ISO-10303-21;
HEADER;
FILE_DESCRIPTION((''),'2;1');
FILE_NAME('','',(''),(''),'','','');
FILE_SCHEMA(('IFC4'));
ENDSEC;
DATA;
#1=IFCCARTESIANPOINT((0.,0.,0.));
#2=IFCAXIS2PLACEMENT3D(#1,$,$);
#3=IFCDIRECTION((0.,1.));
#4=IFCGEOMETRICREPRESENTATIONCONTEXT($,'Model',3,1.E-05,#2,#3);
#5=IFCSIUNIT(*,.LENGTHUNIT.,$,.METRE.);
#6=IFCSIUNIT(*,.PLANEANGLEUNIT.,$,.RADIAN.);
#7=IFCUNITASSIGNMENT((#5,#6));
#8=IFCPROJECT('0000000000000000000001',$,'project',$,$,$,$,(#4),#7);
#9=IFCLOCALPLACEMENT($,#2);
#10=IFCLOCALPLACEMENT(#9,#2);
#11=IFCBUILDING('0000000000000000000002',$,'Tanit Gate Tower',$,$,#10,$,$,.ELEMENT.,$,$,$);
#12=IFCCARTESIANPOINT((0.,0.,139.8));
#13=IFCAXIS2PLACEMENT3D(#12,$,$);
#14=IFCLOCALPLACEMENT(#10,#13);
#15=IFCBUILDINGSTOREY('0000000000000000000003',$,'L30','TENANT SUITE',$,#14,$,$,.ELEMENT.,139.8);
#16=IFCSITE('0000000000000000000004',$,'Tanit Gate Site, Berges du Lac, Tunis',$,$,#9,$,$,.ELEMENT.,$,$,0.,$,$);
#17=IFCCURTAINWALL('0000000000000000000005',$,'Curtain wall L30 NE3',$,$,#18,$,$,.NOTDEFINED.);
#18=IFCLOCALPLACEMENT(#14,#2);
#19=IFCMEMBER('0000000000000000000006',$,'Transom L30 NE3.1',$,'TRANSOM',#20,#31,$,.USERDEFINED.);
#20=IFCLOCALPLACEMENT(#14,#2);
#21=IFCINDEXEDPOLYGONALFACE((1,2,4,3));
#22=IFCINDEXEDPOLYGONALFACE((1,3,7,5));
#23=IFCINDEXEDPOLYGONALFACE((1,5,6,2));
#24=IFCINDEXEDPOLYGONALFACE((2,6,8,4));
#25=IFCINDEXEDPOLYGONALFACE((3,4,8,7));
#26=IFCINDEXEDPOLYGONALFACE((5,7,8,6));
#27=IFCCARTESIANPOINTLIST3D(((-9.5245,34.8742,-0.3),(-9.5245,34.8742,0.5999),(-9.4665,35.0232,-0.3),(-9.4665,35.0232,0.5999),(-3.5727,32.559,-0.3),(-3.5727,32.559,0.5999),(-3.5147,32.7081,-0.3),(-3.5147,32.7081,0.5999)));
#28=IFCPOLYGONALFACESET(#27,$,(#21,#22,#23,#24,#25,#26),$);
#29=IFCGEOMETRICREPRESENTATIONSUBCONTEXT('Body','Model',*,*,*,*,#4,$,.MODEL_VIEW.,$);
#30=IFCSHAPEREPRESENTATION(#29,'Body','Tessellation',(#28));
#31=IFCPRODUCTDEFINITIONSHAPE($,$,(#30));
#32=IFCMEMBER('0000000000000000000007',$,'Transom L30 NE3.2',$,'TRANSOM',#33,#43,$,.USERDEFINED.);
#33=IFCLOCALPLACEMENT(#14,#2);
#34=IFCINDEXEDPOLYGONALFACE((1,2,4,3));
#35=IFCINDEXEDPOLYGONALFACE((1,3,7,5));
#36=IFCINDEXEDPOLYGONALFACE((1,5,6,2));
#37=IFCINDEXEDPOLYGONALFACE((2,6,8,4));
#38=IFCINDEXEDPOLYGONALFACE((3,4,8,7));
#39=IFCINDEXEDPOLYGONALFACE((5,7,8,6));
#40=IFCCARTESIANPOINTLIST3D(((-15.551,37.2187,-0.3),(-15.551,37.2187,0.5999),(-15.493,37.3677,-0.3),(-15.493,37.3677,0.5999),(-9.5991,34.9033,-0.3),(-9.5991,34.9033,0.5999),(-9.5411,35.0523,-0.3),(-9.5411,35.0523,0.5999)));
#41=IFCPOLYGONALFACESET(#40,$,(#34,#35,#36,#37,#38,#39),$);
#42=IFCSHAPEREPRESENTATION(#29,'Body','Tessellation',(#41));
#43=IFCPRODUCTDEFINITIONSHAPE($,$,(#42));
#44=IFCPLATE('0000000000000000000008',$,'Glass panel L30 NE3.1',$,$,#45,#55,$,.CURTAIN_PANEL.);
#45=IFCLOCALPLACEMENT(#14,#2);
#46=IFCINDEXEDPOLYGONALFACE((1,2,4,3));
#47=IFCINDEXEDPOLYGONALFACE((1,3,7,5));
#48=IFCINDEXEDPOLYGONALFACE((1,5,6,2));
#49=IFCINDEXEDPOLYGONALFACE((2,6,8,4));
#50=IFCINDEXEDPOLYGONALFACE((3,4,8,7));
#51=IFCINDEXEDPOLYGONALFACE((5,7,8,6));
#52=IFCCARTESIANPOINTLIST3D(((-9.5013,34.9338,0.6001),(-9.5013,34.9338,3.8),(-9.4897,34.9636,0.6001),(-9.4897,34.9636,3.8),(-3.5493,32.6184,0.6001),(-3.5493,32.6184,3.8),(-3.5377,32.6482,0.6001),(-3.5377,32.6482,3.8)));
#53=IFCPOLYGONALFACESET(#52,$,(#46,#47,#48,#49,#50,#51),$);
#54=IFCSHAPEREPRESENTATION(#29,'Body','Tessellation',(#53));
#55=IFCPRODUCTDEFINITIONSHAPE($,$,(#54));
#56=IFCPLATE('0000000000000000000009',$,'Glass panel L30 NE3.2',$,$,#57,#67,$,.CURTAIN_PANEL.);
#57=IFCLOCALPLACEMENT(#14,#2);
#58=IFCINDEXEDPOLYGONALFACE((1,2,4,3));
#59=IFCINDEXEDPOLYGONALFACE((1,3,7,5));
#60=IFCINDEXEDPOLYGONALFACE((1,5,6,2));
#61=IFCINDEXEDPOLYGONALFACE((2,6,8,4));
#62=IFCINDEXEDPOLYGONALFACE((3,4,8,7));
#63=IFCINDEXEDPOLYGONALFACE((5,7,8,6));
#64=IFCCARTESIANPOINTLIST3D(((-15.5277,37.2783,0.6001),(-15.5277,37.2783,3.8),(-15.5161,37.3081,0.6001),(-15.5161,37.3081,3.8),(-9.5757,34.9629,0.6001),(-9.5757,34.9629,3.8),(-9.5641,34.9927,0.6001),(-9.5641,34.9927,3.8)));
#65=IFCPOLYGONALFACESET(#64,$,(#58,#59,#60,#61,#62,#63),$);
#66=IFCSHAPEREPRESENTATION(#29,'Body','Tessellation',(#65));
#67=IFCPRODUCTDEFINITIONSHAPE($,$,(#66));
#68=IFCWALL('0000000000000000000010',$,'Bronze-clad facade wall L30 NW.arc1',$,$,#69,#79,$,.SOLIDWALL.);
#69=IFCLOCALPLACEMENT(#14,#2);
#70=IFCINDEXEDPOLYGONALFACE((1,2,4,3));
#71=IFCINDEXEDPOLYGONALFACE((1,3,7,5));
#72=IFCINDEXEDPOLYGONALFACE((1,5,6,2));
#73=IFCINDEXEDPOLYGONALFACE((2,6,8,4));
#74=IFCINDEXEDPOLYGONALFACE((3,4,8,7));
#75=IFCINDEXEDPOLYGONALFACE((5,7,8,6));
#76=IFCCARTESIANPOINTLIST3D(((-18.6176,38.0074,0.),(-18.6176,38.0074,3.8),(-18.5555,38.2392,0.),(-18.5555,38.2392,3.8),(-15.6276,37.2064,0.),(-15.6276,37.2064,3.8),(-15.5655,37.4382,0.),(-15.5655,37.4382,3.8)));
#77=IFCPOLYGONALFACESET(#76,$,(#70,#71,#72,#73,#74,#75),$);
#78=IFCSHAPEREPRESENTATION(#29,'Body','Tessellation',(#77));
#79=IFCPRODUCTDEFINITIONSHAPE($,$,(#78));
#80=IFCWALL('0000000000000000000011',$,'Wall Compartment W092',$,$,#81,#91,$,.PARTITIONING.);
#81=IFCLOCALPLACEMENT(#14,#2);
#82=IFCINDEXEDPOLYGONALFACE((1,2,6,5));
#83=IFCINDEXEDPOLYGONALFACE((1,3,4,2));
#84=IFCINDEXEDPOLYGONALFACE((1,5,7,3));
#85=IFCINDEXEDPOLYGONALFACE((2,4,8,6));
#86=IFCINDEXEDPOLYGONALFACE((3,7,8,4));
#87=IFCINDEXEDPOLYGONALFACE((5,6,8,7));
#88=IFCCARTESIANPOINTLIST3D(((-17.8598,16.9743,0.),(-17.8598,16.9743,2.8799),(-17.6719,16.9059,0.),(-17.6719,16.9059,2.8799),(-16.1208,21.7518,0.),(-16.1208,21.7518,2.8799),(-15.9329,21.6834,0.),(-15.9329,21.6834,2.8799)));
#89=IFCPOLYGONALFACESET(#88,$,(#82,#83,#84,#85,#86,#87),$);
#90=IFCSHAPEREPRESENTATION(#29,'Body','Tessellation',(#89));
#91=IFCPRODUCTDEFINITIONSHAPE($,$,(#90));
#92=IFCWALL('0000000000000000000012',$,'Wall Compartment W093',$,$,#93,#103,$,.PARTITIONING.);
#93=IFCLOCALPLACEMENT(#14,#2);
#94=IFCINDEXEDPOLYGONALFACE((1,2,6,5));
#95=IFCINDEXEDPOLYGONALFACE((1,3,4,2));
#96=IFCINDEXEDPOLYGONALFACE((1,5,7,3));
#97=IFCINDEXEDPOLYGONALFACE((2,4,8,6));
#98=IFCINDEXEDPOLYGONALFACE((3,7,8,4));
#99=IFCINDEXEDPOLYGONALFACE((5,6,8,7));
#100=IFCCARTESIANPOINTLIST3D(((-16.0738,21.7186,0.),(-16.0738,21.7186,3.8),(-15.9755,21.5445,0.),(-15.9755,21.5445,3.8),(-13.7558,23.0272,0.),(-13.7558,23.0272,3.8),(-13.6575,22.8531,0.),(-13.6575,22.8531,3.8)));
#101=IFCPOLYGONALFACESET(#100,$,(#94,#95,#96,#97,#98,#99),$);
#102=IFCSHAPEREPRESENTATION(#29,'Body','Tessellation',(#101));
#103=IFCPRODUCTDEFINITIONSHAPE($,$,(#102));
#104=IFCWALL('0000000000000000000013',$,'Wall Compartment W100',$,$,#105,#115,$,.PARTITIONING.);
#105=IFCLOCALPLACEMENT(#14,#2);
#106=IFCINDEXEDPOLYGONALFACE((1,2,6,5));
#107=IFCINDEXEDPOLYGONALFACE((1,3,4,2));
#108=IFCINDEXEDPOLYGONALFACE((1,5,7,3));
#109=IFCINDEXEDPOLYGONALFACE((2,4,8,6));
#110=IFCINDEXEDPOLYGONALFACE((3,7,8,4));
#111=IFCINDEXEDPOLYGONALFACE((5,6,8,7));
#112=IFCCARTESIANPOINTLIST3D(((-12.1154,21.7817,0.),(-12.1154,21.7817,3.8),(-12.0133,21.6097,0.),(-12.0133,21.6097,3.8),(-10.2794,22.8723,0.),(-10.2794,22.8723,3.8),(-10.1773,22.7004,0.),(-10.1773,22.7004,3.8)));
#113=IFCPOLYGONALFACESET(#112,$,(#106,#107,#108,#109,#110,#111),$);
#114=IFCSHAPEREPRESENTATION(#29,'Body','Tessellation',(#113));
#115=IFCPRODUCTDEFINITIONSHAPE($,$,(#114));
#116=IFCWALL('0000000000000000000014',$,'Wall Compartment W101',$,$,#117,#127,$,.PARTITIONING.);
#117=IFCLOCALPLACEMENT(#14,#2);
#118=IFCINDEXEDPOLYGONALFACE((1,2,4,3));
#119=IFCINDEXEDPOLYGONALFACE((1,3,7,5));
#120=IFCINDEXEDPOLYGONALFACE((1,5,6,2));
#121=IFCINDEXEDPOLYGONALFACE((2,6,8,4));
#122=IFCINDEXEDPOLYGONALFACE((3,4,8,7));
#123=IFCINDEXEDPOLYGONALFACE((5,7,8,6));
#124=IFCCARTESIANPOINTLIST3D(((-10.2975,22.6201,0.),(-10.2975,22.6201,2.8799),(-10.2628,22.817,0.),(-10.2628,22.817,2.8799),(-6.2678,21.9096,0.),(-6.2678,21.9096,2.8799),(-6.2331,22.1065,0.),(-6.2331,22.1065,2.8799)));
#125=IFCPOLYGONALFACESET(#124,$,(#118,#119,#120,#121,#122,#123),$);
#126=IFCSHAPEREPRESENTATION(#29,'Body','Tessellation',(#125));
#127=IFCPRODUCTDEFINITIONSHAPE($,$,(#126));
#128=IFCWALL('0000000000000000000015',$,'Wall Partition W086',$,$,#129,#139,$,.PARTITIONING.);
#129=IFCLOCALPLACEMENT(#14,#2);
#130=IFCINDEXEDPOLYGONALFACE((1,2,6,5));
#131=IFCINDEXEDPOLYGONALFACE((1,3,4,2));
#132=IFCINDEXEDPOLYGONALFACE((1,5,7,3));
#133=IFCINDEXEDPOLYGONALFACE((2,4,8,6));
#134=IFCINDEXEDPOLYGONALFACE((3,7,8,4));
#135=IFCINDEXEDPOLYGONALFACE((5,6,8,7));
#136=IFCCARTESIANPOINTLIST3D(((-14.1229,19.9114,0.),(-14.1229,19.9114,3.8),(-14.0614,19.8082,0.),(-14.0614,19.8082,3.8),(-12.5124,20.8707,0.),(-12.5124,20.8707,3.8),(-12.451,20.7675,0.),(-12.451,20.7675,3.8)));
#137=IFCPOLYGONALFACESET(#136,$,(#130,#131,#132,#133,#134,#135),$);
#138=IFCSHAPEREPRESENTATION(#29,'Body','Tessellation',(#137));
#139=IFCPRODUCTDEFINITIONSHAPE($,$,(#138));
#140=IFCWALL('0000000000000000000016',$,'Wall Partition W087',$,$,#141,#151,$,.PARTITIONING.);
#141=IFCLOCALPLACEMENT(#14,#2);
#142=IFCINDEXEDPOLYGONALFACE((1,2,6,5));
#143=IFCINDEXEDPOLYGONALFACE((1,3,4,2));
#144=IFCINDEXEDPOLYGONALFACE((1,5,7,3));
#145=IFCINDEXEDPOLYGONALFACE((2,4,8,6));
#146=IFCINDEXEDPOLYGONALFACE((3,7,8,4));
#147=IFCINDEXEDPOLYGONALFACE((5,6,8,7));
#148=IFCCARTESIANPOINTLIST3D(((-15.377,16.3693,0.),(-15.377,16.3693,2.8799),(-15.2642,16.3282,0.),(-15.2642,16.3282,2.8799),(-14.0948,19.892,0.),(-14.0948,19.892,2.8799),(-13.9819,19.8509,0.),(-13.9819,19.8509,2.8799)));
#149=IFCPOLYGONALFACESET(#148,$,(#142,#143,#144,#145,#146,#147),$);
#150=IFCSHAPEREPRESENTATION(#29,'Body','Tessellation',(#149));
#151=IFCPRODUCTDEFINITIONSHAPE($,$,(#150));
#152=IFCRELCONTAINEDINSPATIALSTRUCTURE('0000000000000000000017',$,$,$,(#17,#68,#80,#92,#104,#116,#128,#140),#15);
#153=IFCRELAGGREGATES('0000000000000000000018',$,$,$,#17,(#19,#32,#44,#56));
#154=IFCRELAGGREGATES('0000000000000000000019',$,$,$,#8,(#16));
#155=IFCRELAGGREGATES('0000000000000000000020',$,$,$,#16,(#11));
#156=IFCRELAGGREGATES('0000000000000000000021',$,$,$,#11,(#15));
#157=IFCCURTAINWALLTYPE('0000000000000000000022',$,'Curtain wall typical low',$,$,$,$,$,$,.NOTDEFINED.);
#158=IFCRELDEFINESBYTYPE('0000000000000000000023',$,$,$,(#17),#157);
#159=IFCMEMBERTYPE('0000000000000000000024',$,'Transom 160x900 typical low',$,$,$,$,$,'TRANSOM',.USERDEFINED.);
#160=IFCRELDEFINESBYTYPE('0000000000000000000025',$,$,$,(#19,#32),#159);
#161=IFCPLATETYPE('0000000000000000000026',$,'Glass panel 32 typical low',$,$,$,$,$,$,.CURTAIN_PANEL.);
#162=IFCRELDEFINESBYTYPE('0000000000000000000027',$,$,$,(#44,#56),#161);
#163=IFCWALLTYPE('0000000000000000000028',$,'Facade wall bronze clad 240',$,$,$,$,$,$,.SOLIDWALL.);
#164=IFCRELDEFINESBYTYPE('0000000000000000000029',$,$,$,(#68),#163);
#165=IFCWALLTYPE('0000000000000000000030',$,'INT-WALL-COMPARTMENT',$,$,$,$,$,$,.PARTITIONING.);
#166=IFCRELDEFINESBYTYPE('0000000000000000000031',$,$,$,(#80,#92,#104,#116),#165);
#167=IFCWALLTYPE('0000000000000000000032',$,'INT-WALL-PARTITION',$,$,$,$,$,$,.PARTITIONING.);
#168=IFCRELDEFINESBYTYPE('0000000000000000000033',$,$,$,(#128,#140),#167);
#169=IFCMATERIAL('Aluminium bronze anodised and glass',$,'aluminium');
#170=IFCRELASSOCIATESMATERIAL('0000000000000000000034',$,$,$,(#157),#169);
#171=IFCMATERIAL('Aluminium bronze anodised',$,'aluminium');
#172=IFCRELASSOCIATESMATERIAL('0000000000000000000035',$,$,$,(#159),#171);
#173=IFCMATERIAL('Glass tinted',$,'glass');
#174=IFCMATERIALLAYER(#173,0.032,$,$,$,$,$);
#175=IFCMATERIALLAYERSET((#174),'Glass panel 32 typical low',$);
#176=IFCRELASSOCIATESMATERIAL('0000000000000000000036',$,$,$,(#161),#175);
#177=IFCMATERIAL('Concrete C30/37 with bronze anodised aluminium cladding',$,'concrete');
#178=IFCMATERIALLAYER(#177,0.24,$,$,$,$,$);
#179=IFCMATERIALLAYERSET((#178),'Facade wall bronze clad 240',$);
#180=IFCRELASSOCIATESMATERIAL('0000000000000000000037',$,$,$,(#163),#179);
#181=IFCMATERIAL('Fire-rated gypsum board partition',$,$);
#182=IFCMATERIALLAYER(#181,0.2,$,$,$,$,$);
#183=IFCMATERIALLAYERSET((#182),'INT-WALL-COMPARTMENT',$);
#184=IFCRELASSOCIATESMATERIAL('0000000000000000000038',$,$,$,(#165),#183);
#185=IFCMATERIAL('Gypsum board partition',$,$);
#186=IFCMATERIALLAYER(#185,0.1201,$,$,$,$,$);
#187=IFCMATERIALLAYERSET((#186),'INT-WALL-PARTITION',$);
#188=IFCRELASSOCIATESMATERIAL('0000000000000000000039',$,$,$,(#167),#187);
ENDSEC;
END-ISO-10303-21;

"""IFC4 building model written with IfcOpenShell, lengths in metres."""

from ifc_helpers import new_model, si_unit, direction, frame, frame_2d, origin, origin_2d, place, context, subcontext, project, spatial, rectangle, extrude, material, layer, layer_set, material_profile, profile_set, type_object, element, aggregate, save


model = new_model("IFC4")

# Units and contexts
model_context = context("Model", 3, precision=1e-05, world=origin(), true_north=direction((0.0, 1.0)))
body_context = subcontext(model_context, "Body", "Model", "MODEL_VIEW")
ifc_project = project(units=[si_unit("LENGTHUNIT", "METRE"), si_unit("PLANEANGLEUNIT", "RADIAN")], contexts=[model_context])

# Site, building, storey
site_placement = place(None, origin())
site = spatial("IfcSite", under=ifc_project, at=site_placement, Name="Tanit Gate Site, Berges du Lac, Tunis", CompositionType="ELEMENT", RefElevation=0.0)
building_placement = place(site_placement, origin())
building = spatial("IfcBuilding", under=site, at=building_placement, Name="Tanit Gate Tower", CompositionType="ELEMENT")
storey_placement = place(building_placement, frame((0.0, 0.0, 139.8)))
storey = spatial("IfcBuildingStorey", under=building, at=storey_placement, Name="L30", Description="TENANT SUITE", CompositionType="ELEMENT", Elevation=139.8)

# Curtain wall
ifc_material_1 = material(Name="Aluminium bronze anodised and glass", Category="aluminium")
curtain_wall_type = type_object("IfcCurtainWallType", Name="Curtain wall typical low", PredefinedType="NOTDEFINED", material=ifc_material_1)
curtain_wall_1_placement = place(storey_placement, origin())
curtain_wall_1 = element("IfcCurtainWall", 1, at=curtain_wall_1_placement, inside=storey, type_object=curtain_wall_type, Name="Curtain wall L30 NE3", PredefinedType="NOTDEFINED")

# Members
ifc_material_2 = material(Name="Aluminium bronze anodised", Category="aluminium")
ifc_material_profile_1 = material_profile(ifc_material_2, rectangle(XDim=0.1599, YDim=0.8999, at=origin_2d()), Name="160x900 bronze transom")
ifc_profile_set_1 = profile_set([ifc_material_profile_1], Name="Aluminium bronze anodised")
member_type_1 = type_object("IfcMemberType", Name="Transom 160x900 typical low", ElementType="TRANSOM", PredefinedType="USERDEFINED", material=ifc_profile_set_1)
member_1_placement = place(storey_placement, frame((-3.5437, 32.6335, 0.1499), z_axis=(-0.931975, 0.362522, 0.0), x_axis=(-0.362522, -0.931975, 0.0)))
member_1 = element("IfcMember", 2, at=member_1_placement, type_object=member_type_1, Name="Transom L30 NE3.1", ObjectType="TRANSOM", PredefinedType="USERDEFINED", context=body_context, shape_type="SweptSolid", body=[
    extrude(rectangle(XDim=0.1599, YDim=0.8999, at=origin_2d()), origin(), (0.0, 0.0, 1.0), 6.3862),
])
member_2_placement = place(storey_placement, frame((-9.5701, 34.9778, 0.1499), z_axis=(-0.931962, 0.362555, 0.0), x_axis=(-0.362555, -0.931962, 0.0)))
member_2 = element("IfcMember", 3, at=member_2_placement, type_object=member_type_1, Name="Transom L30 NE3.2", ObjectType="TRANSOM", PredefinedType="USERDEFINED", context=body_context, shape_type="SweptSolid", body=[
    extrude(rectangle(XDim=0.1599, YDim=0.8999, at=origin_2d()), origin(), (0.0, 0.0, 1.0), 6.3865),
])

# Plates
ifc_material_3 = material(Name="Glass tinted", Category="glass")
ifc_layer_1 = layer(ifc_material_3, 0.032)
ifc_layer_set_1 = layer_set([ifc_layer_1], Name="Glass panel 32 typical low")
plate_type = type_object("IfcPlateType", Name="Glass panel 32 typical low", PredefinedType="CURTAIN_PANEL", material=ifc_layer_set_1)
plate_1_placement = place(storey_placement, frame((-6.5195, 33.791, 0.6001), z_axis=(0.0, 0.0, 1.0), x_axis=(-0.931965, 0.362547, 0.0)))
plate_1 = element("IfcPlate", 4, at=plate_1_placement, type_object=plate_type, Name="Glass panel L30 NE3.1", PredefinedType="CURTAIN_PANEL", context=body_context, shape_type="SweptSolid", body=[
    extrude(rectangle(XDim=6.3865, YDim=0.032, at=origin_2d()), origin(), (0.0, 0.0, 1.0), 3.2),
])
plate_2_placement = place(storey_placement, frame((-12.5459, 36.1355, 0.6001), z_axis=(0.0, 0.0, 1.0), x_axis=(-0.931965, 0.362547, 0.0)))
plate_2 = element("IfcPlate", 5, at=plate_2_placement, type_object=plate_type, Name="Glass panel L30 NE3.2", PredefinedType="CURTAIN_PANEL", context=body_context, shape_type="SweptSolid", body=[
    extrude(rectangle(XDim=6.3865, YDim=0.032, at=origin_2d()), origin(), (0.0, 0.0, 1.0), 3.2),
])
aggregate(curtain_wall_1, [member_1, member_2, plate_1, plate_2])

# Walls
ifc_material_4 = material(Name="Concrete C30/37 with bronze anodised aluminium cladding", Category="concrete")
ifc_layer_2 = layer(ifc_material_4, 0.24)
ifc_layer_set_2 = layer_set([ifc_layer_2], Name="Facade wall bronze clad 240")
wall_type_1 = type_object("IfcWallType", Name="Facade wall bronze clad 240", PredefinedType="SOLIDWALL", material=ifc_layer_set_2)
wall_1_placement = place(storey_placement, frame((-15.5964, 37.3223, 0.0), z_axis=(0.0, 0.0, 1.0), x_axis=(-0.965937, 0.258777, 0.0)))
element("IfcWall", 6, at=wall_1_placement, inside=storey, type_object=wall_type_1, Name="Bronze-clad facade wall L30 NW.arc1", PredefinedType="SOLIDWALL", context=body_context, shape_type="SweptSolid", body=[
    extrude(rectangle(XDim=3.0955, YDim=0.24, at=frame_2d((1.5479, 0.0))), origin(), (0.0, 0.0, 1.0), 3.8),
])
ifc_material_5 = material(Name="Fire-rated gypsum board partition")
ifc_layer_3 = layer(ifc_material_5, 0.2)
ifc_layer_set_3 = layer_set([ifc_layer_3], Name="INT-WALL-COMPARTMENT")
wall_type_2 = type_object("IfcWallType", Name="INT-WALL-COMPARTMENT", PredefinedType="PARTITIONING", material=ifc_layer_set_3)
wall_2_placement = place(storey_placement, frame((-16.0269, 21.7175, 0.0), z_axis=(0.0, 0.0, 1.0), x_axis=(-0.34204, -0.939685, 0.0)))
element("IfcWall", 7, at=wall_2_placement, inside=storey, type_object=wall_type_2, Name="Wall Compartment W092", PredefinedType="PARTITIONING", context=body_context, shape_type="SweptSolid", body=[
    extrude(rectangle(XDim=5.0842, YDim=0.2, at=frame_2d((2.542, 0.0))), origin(), (0.0, 0.0, 1.0), 2.8799),
])
wall_3_placement = place(storey_placement, frame((-13.7065, 22.9402, 0.0), z_axis=(0.0, 0.0, 1.0), x_axis=(-0.870827, -0.491589, 0.0)))
element("IfcWall", 8, at=wall_3_placement, inside=storey, type_object=wall_type_2, Name="Wall Compartment W093", PredefinedType="PARTITIONING", context=body_context, shape_type="SweptSolid", body=[
    extrude(rectangle(XDim=2.6619, YDim=0.2, at=frame_2d((1.3311, 0.0))), origin(), (0.0, 0.0, 1.0), 3.8),
])
wall_4_placement = place(storey_placement, frame((-10.2283, 22.7864, 0.0), z_axis=(0.0, 0.0, 1.0), x_axis=(-0.859754, -0.510708, 0.0)))
element("IfcWall", 9, at=wall_4_placement, inside=storey, type_object=wall_type_2, Name="Wall Compartment W100", PredefinedType="PARTITIONING", context=body_context, shape_type="SweptSolid", body=[
    extrude(rectangle(XDim=2.1355, YDim=0.2, at=frame_2d((1.0679, 0.0))), origin(), (0.0, 0.0, 1.0), 3.8),
])
wall_5_placement = place(storey_placement, frame((-6.2505, 22.0081, 0.0), z_axis=(0.0, 0.0, 1.0), x_axis=(-0.984811, 0.173632, 0.0)))
element("IfcWall", 10, at=wall_5_placement, inside=storey, type_object=wall_type_2, Name="Wall Compartment W101", PredefinedType="PARTITIONING", context=body_context, shape_type="SweptSolid", body=[
    extrude(rectangle(XDim=4.0918, YDim=0.2, at=frame_2d((2.0459, 0.0))), origin(), (0.0, 0.0, 1.0), 2.8799),
])
ifc_material_6 = material(Name="Gypsum board partition")
ifc_layer_4 = layer(ifc_material_6, 0.1201)
ifc_layer_set_4 = layer_set([ifc_layer_4], Name="INT-WALL-PARTITION")
wall_type_3 = type_object("IfcWallType", Name="INT-WALL-PARTITION", PredefinedType="PARTITIONING", material=ifc_layer_set_4)
wall_6_placement = place(storey_placement, frame((-12.4817, 20.8191, 0.0), z_axis=(0.0, 0.0, 1.0), x_axis=(-0.859132, -0.511754, 0.0)))
element("IfcWall", 11, at=wall_6_placement, inside=storey, type_object=wall_type_3, Name="Wall Partition W086", PredefinedType="PARTITIONING", context=body_context, shape_type="SweptSolid", body=[
    extrude(rectangle(XDim=1.8745, YDim=0.1201, at=frame_2d((0.9373, 0.0))), origin(), (0.0, 0.0, 1.0), 3.8),
])
wall_7_placement = place(storey_placement, frame((-14.0383, 19.8716, 0.0), z_axis=(0.0, 0.0, 1.0), x_axis=(-0.342036, -0.939687, 0.0)))
element("IfcWall", 12, at=wall_7_placement, inside=storey, type_object=wall_type_3, Name="Wall Partition W087", PredefinedType="PARTITIONING", context=body_context, shape_type="SweptSolid", body=[
    extrude(rectangle(XDim=3.7488, YDim=0.1201, at=frame_2d((1.8745, 0.0))), origin(), (0.0, 0.0, 1.0), 2.8799),
])

save(model, "model.ifc")
